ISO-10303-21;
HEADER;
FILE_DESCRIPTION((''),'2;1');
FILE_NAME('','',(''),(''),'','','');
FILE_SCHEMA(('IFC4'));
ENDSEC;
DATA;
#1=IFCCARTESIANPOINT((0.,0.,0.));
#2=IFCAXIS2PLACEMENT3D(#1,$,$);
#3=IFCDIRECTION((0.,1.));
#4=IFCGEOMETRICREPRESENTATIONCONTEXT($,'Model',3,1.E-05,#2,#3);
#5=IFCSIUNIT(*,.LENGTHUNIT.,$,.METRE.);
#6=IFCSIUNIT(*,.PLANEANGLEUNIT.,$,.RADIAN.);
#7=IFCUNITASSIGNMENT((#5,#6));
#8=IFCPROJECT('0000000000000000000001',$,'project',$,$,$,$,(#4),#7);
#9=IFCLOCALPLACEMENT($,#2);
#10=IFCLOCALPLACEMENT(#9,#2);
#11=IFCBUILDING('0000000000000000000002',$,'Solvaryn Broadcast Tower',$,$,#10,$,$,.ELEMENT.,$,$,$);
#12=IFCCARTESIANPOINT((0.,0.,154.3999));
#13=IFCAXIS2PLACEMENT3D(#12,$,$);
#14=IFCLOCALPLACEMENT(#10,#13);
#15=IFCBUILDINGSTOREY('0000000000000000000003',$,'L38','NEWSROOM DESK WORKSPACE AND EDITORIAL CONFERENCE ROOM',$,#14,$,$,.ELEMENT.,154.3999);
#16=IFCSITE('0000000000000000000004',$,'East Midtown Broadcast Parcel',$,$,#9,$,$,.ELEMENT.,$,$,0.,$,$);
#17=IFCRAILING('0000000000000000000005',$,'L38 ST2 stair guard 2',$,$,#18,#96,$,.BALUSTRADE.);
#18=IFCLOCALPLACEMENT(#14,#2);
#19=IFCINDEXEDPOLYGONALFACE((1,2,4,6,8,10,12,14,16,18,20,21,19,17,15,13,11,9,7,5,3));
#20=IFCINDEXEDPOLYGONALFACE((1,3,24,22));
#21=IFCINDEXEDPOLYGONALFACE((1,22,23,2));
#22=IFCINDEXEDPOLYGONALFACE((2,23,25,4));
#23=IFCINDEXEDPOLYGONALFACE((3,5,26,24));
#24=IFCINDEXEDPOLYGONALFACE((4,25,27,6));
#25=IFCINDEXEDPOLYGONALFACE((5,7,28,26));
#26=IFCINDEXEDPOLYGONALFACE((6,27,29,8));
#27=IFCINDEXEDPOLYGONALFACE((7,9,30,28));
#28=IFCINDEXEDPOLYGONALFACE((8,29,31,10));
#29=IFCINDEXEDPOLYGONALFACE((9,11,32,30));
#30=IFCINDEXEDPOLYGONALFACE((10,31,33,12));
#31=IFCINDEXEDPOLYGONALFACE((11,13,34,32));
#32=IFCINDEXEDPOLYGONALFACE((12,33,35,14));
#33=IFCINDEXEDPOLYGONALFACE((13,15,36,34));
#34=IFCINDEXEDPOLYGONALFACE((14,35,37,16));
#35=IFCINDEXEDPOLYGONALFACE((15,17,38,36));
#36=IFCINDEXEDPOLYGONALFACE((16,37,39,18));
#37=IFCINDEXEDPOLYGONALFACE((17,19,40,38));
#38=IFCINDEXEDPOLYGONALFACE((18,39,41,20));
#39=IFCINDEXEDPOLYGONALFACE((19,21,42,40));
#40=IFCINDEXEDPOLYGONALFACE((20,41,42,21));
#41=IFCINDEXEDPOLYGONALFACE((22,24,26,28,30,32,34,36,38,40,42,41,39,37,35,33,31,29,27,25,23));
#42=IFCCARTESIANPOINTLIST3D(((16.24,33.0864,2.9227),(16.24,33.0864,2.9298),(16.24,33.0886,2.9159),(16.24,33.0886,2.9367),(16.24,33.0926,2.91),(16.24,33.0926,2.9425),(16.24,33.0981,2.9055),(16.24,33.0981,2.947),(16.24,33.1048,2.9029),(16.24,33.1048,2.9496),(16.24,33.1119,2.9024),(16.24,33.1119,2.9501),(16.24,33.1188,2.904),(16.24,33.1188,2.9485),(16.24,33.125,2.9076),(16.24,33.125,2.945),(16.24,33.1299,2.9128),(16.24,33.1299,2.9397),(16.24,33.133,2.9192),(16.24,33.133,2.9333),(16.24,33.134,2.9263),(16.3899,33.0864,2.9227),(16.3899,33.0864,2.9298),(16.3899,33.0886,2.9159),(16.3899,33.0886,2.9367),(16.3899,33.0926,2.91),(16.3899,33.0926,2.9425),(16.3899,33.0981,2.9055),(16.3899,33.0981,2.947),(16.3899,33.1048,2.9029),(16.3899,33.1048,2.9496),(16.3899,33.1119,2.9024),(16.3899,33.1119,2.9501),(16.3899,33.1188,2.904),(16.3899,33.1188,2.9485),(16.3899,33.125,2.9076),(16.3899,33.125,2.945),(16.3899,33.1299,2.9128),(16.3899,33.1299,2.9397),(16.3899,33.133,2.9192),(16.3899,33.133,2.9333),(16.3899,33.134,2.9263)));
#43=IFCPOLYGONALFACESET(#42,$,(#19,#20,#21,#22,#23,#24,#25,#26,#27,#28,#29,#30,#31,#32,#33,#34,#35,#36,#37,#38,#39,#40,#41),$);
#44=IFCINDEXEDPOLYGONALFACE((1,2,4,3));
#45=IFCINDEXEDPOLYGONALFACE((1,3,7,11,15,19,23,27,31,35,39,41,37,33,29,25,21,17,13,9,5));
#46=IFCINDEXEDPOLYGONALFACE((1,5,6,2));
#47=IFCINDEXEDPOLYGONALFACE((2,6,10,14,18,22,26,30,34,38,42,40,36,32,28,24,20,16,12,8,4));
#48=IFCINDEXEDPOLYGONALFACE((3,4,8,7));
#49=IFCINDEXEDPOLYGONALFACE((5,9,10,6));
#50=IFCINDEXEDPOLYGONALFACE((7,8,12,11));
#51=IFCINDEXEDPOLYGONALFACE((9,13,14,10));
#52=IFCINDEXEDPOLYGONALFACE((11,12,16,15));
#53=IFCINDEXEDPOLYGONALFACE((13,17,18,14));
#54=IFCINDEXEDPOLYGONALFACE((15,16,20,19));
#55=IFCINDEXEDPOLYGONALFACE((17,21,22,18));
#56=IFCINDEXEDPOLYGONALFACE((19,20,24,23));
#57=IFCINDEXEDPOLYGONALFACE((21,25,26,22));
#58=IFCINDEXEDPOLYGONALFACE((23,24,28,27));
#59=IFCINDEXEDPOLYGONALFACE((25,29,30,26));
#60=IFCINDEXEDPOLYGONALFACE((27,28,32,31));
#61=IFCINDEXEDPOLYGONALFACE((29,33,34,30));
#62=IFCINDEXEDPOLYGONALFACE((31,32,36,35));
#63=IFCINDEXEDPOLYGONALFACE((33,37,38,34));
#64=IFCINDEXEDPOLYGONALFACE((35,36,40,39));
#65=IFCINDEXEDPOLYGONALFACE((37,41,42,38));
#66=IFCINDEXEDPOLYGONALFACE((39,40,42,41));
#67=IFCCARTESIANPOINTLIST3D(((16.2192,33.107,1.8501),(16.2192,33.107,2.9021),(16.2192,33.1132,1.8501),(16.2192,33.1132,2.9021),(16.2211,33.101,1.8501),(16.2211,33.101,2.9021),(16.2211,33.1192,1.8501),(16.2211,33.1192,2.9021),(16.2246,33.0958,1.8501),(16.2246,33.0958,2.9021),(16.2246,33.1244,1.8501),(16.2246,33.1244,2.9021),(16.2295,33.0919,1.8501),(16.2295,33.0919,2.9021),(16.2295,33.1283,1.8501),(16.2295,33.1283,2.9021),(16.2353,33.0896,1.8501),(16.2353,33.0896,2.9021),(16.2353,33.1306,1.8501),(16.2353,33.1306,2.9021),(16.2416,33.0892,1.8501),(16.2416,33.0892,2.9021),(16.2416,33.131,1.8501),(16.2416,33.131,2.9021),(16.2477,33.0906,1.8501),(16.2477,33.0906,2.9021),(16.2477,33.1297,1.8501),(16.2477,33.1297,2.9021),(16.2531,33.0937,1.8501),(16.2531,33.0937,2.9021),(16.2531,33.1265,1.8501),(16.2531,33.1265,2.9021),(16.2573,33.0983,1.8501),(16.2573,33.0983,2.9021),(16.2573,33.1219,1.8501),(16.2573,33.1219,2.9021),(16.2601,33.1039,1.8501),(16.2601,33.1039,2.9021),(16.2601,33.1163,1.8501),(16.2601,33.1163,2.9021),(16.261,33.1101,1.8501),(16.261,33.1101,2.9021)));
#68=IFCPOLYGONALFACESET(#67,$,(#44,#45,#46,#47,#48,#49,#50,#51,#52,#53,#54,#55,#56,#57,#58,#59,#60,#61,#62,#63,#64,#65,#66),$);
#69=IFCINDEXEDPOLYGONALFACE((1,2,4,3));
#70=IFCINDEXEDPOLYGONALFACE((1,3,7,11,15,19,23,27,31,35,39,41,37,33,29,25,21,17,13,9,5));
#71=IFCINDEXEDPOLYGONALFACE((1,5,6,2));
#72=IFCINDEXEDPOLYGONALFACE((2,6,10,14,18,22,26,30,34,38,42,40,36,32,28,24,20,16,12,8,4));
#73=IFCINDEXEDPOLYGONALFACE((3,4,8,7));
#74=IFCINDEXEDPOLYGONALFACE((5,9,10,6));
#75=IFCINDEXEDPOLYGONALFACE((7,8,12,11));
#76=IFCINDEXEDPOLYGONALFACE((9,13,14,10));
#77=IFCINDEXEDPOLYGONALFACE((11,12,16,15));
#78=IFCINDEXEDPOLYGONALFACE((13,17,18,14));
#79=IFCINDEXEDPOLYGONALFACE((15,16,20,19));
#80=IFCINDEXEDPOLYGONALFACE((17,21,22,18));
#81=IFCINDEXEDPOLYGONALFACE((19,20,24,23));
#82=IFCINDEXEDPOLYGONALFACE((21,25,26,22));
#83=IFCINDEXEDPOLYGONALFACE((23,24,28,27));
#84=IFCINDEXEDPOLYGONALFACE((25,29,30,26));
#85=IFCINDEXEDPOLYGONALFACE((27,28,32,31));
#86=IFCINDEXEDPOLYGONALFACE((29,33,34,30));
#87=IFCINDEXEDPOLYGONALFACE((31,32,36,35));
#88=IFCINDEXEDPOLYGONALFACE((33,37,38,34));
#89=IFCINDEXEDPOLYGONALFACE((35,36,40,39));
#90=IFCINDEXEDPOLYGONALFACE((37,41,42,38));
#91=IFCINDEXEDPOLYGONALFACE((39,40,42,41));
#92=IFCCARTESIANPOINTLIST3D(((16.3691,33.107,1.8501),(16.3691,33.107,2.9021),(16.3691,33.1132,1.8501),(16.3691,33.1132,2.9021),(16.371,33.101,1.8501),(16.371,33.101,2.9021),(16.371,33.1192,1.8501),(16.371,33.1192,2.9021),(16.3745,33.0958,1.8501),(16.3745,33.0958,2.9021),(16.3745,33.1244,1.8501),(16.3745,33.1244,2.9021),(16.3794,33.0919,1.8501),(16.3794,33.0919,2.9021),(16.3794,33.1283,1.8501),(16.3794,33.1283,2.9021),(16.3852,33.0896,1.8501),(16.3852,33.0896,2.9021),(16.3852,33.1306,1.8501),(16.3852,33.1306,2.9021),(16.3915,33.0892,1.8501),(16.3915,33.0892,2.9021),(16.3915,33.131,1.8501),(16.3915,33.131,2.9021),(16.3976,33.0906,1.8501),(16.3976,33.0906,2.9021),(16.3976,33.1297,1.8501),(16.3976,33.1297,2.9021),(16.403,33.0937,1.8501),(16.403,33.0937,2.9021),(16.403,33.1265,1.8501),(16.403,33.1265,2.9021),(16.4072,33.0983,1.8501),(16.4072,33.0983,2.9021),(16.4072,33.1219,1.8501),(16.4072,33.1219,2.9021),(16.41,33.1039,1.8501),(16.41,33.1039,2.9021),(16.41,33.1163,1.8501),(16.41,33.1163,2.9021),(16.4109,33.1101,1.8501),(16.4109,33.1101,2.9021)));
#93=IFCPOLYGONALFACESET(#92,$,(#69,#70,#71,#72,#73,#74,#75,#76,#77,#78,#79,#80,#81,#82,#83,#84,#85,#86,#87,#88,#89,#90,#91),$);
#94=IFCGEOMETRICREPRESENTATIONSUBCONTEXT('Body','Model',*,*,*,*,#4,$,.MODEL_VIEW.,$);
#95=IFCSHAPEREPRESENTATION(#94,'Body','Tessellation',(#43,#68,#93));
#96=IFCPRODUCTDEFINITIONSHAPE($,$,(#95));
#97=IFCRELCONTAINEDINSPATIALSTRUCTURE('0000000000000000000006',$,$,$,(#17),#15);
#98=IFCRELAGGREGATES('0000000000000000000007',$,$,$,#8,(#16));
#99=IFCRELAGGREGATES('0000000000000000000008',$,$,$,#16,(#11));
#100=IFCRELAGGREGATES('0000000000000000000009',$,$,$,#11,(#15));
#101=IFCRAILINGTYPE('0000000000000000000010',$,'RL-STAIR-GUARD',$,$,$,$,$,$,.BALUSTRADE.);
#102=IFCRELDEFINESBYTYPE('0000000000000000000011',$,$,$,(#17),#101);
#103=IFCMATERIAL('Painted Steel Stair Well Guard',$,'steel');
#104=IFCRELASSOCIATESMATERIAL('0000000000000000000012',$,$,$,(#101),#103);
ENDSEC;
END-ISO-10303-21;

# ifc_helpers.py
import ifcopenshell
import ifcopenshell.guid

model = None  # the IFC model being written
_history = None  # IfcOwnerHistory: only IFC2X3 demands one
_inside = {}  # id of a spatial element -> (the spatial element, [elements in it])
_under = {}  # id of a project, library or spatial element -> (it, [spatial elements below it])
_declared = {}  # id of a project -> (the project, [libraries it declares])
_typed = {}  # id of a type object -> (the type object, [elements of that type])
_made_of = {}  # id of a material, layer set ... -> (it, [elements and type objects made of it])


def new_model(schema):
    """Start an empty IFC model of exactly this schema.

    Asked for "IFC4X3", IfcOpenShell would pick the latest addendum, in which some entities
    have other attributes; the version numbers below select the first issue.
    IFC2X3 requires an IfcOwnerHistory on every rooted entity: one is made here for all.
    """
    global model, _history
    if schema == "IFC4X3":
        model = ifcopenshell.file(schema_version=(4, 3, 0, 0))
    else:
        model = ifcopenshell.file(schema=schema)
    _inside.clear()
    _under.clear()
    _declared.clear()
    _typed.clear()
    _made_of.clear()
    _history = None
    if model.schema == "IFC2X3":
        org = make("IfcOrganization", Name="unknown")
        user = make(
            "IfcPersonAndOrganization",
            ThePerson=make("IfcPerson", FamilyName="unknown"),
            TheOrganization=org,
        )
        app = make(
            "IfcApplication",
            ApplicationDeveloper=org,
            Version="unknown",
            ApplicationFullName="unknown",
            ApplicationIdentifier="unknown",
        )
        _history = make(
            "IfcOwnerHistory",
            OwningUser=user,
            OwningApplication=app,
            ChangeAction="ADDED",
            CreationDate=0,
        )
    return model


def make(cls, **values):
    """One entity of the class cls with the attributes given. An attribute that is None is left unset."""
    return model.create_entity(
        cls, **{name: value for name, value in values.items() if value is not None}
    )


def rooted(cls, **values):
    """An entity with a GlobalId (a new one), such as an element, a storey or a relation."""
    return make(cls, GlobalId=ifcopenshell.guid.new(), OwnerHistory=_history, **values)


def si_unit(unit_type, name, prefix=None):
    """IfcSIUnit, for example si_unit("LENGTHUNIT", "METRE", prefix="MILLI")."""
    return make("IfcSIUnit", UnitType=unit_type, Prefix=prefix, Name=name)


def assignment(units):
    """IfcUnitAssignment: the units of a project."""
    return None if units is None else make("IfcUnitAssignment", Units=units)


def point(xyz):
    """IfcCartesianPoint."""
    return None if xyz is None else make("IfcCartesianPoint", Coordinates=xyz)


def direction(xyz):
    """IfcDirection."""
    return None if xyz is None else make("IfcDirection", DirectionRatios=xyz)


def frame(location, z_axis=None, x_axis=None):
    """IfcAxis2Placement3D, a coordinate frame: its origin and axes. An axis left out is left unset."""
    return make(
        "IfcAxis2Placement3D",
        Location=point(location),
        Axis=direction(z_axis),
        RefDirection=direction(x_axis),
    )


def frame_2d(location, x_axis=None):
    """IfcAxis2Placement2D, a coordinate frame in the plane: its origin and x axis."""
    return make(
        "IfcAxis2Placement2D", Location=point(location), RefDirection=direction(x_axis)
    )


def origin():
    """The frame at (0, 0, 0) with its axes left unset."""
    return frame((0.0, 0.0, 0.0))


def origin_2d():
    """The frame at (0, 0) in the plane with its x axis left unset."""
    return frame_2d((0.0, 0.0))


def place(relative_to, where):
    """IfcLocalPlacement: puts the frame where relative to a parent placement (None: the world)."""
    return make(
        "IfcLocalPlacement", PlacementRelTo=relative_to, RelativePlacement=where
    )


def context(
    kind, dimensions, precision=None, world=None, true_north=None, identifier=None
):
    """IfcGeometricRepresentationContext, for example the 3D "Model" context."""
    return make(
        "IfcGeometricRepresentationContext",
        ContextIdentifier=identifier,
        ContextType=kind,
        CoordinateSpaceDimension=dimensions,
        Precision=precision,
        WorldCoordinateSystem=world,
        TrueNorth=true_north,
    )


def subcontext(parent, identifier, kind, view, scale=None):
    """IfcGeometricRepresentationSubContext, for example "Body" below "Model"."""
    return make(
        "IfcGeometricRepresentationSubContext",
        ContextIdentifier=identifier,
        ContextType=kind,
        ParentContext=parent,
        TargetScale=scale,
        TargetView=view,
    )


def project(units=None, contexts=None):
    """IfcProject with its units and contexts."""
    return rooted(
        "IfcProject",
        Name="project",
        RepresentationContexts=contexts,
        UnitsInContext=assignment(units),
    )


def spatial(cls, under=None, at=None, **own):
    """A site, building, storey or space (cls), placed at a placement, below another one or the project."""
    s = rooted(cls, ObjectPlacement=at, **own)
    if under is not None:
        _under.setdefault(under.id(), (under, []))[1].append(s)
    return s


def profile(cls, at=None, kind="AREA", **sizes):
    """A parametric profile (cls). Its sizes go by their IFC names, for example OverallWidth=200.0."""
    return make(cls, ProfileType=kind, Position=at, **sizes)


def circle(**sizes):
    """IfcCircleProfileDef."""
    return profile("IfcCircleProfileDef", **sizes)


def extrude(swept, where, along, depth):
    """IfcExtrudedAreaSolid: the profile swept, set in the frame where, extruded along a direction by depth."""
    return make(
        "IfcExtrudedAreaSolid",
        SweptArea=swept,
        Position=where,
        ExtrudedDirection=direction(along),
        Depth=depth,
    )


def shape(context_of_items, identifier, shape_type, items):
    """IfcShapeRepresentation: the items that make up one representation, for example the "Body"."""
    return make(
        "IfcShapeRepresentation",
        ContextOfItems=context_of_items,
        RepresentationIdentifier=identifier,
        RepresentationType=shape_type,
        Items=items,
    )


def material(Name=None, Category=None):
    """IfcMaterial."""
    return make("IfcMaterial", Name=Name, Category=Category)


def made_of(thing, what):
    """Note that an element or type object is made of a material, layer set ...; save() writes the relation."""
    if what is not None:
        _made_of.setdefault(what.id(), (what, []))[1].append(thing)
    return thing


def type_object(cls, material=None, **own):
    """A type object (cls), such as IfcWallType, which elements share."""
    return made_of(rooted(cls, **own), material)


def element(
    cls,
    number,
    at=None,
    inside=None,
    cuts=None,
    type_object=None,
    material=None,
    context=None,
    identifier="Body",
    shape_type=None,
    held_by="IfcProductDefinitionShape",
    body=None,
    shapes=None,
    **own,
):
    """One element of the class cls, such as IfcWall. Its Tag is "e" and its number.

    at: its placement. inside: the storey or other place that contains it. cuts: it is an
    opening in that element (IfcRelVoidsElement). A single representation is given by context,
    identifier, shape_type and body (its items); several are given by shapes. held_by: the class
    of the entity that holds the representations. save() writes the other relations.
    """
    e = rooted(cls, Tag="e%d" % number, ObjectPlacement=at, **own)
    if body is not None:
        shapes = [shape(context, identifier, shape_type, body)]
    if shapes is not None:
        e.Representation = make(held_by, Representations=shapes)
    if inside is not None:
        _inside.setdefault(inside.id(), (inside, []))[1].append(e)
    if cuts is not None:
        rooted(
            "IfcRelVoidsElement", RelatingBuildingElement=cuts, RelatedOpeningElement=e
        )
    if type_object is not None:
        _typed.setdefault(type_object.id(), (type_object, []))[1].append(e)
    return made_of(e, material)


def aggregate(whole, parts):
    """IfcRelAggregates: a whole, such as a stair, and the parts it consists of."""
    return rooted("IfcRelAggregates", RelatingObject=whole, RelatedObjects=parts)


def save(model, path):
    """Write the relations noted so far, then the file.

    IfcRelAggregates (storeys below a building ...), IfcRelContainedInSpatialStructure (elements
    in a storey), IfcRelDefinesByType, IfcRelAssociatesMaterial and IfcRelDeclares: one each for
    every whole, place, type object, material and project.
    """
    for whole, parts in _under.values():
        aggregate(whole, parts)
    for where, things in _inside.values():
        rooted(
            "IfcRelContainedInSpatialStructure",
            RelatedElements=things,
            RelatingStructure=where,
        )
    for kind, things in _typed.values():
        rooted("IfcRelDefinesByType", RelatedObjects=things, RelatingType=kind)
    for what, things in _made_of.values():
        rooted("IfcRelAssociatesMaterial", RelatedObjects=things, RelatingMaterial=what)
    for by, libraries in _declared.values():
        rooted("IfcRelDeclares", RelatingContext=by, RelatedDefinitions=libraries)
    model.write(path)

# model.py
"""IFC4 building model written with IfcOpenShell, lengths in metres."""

from ifc_helpers import new_model, si_unit, direction, frame, origin, origin_2d, place, context, subcontext, project, spatial, circle, extrude, material, type_object, element, save


model = new_model("IFC4")

# Units and contexts
model_context = context("Model", 3, precision=1e-05, world=origin(), true_north=direction((0.0, 1.0)))
body_context = subcontext(model_context, "Body", "Model", "MODEL_VIEW")
ifc_project = project(units=[si_unit("LENGTHUNIT", "METRE"), si_unit("PLANEANGLEUNIT", "RADIAN")], contexts=[model_context])

# Site, building, storey
site_placement = place(None, origin())
site = spatial("IfcSite", under=ifc_project, at=site_placement, Name="East Midtown Broadcast Parcel", CompositionType="ELEMENT", RefElevation=0.0)
building_placement = place(site_placement, origin())
building = spatial("IfcBuilding", under=site, at=building_placement, Name="Solvaryn Broadcast Tower", CompositionType="ELEMENT")
storey_placement = place(building_placement, frame((0.0, 0.0, 154.3999)))
storey = spatial("IfcBuildingStorey", under=building, at=storey_placement, Name="L38", Description="NEWSROOM DESK WORKSPACE AND EDITORIAL CONFERENCE ROOM", CompositionType="ELEMENT", Elevation=154.3999)

# Railing
ifc_material_1 = material(Name="Painted Steel Stair Well Guard", Category="steel")
railing_type_1 = type_object("IfcRailingType", Name="RL-STAIR-GUARD", PredefinedType="BALUSTRADE", material=ifc_material_1)
railing_1_placement = place(storey_placement, frame((16.24, 33.1101, 1.8501)))
element("IfcRailing", 1, at=railing_1_placement, inside=storey, type_object=railing_type_1, Name="L38 ST2 stair guard 2", PredefinedType="BALUSTRADE", context=body_context, shape_type="SweptSolid", body=[
    extrude(circle(Radius=0.0239, at=origin_2d()), frame((0.0, 0.0, 1.0762), z_axis=(1.0, 0.0, 0.0), x_axis=(0.0, 1.0, 0.0)), (0.0, 0.0, 1.0), 0.1499),
    extrude(circle(Radius=0.021, at=origin_2d()), origin(), (0.0, 0.0, 1.0), 1.052),
    extrude(circle(Radius=0.021, at=origin_2d()), frame((0.1499, 0.0, 0.0)), (0.0, 0.0, 1.0), 1.052),
])

save(model, "model.ifc")
